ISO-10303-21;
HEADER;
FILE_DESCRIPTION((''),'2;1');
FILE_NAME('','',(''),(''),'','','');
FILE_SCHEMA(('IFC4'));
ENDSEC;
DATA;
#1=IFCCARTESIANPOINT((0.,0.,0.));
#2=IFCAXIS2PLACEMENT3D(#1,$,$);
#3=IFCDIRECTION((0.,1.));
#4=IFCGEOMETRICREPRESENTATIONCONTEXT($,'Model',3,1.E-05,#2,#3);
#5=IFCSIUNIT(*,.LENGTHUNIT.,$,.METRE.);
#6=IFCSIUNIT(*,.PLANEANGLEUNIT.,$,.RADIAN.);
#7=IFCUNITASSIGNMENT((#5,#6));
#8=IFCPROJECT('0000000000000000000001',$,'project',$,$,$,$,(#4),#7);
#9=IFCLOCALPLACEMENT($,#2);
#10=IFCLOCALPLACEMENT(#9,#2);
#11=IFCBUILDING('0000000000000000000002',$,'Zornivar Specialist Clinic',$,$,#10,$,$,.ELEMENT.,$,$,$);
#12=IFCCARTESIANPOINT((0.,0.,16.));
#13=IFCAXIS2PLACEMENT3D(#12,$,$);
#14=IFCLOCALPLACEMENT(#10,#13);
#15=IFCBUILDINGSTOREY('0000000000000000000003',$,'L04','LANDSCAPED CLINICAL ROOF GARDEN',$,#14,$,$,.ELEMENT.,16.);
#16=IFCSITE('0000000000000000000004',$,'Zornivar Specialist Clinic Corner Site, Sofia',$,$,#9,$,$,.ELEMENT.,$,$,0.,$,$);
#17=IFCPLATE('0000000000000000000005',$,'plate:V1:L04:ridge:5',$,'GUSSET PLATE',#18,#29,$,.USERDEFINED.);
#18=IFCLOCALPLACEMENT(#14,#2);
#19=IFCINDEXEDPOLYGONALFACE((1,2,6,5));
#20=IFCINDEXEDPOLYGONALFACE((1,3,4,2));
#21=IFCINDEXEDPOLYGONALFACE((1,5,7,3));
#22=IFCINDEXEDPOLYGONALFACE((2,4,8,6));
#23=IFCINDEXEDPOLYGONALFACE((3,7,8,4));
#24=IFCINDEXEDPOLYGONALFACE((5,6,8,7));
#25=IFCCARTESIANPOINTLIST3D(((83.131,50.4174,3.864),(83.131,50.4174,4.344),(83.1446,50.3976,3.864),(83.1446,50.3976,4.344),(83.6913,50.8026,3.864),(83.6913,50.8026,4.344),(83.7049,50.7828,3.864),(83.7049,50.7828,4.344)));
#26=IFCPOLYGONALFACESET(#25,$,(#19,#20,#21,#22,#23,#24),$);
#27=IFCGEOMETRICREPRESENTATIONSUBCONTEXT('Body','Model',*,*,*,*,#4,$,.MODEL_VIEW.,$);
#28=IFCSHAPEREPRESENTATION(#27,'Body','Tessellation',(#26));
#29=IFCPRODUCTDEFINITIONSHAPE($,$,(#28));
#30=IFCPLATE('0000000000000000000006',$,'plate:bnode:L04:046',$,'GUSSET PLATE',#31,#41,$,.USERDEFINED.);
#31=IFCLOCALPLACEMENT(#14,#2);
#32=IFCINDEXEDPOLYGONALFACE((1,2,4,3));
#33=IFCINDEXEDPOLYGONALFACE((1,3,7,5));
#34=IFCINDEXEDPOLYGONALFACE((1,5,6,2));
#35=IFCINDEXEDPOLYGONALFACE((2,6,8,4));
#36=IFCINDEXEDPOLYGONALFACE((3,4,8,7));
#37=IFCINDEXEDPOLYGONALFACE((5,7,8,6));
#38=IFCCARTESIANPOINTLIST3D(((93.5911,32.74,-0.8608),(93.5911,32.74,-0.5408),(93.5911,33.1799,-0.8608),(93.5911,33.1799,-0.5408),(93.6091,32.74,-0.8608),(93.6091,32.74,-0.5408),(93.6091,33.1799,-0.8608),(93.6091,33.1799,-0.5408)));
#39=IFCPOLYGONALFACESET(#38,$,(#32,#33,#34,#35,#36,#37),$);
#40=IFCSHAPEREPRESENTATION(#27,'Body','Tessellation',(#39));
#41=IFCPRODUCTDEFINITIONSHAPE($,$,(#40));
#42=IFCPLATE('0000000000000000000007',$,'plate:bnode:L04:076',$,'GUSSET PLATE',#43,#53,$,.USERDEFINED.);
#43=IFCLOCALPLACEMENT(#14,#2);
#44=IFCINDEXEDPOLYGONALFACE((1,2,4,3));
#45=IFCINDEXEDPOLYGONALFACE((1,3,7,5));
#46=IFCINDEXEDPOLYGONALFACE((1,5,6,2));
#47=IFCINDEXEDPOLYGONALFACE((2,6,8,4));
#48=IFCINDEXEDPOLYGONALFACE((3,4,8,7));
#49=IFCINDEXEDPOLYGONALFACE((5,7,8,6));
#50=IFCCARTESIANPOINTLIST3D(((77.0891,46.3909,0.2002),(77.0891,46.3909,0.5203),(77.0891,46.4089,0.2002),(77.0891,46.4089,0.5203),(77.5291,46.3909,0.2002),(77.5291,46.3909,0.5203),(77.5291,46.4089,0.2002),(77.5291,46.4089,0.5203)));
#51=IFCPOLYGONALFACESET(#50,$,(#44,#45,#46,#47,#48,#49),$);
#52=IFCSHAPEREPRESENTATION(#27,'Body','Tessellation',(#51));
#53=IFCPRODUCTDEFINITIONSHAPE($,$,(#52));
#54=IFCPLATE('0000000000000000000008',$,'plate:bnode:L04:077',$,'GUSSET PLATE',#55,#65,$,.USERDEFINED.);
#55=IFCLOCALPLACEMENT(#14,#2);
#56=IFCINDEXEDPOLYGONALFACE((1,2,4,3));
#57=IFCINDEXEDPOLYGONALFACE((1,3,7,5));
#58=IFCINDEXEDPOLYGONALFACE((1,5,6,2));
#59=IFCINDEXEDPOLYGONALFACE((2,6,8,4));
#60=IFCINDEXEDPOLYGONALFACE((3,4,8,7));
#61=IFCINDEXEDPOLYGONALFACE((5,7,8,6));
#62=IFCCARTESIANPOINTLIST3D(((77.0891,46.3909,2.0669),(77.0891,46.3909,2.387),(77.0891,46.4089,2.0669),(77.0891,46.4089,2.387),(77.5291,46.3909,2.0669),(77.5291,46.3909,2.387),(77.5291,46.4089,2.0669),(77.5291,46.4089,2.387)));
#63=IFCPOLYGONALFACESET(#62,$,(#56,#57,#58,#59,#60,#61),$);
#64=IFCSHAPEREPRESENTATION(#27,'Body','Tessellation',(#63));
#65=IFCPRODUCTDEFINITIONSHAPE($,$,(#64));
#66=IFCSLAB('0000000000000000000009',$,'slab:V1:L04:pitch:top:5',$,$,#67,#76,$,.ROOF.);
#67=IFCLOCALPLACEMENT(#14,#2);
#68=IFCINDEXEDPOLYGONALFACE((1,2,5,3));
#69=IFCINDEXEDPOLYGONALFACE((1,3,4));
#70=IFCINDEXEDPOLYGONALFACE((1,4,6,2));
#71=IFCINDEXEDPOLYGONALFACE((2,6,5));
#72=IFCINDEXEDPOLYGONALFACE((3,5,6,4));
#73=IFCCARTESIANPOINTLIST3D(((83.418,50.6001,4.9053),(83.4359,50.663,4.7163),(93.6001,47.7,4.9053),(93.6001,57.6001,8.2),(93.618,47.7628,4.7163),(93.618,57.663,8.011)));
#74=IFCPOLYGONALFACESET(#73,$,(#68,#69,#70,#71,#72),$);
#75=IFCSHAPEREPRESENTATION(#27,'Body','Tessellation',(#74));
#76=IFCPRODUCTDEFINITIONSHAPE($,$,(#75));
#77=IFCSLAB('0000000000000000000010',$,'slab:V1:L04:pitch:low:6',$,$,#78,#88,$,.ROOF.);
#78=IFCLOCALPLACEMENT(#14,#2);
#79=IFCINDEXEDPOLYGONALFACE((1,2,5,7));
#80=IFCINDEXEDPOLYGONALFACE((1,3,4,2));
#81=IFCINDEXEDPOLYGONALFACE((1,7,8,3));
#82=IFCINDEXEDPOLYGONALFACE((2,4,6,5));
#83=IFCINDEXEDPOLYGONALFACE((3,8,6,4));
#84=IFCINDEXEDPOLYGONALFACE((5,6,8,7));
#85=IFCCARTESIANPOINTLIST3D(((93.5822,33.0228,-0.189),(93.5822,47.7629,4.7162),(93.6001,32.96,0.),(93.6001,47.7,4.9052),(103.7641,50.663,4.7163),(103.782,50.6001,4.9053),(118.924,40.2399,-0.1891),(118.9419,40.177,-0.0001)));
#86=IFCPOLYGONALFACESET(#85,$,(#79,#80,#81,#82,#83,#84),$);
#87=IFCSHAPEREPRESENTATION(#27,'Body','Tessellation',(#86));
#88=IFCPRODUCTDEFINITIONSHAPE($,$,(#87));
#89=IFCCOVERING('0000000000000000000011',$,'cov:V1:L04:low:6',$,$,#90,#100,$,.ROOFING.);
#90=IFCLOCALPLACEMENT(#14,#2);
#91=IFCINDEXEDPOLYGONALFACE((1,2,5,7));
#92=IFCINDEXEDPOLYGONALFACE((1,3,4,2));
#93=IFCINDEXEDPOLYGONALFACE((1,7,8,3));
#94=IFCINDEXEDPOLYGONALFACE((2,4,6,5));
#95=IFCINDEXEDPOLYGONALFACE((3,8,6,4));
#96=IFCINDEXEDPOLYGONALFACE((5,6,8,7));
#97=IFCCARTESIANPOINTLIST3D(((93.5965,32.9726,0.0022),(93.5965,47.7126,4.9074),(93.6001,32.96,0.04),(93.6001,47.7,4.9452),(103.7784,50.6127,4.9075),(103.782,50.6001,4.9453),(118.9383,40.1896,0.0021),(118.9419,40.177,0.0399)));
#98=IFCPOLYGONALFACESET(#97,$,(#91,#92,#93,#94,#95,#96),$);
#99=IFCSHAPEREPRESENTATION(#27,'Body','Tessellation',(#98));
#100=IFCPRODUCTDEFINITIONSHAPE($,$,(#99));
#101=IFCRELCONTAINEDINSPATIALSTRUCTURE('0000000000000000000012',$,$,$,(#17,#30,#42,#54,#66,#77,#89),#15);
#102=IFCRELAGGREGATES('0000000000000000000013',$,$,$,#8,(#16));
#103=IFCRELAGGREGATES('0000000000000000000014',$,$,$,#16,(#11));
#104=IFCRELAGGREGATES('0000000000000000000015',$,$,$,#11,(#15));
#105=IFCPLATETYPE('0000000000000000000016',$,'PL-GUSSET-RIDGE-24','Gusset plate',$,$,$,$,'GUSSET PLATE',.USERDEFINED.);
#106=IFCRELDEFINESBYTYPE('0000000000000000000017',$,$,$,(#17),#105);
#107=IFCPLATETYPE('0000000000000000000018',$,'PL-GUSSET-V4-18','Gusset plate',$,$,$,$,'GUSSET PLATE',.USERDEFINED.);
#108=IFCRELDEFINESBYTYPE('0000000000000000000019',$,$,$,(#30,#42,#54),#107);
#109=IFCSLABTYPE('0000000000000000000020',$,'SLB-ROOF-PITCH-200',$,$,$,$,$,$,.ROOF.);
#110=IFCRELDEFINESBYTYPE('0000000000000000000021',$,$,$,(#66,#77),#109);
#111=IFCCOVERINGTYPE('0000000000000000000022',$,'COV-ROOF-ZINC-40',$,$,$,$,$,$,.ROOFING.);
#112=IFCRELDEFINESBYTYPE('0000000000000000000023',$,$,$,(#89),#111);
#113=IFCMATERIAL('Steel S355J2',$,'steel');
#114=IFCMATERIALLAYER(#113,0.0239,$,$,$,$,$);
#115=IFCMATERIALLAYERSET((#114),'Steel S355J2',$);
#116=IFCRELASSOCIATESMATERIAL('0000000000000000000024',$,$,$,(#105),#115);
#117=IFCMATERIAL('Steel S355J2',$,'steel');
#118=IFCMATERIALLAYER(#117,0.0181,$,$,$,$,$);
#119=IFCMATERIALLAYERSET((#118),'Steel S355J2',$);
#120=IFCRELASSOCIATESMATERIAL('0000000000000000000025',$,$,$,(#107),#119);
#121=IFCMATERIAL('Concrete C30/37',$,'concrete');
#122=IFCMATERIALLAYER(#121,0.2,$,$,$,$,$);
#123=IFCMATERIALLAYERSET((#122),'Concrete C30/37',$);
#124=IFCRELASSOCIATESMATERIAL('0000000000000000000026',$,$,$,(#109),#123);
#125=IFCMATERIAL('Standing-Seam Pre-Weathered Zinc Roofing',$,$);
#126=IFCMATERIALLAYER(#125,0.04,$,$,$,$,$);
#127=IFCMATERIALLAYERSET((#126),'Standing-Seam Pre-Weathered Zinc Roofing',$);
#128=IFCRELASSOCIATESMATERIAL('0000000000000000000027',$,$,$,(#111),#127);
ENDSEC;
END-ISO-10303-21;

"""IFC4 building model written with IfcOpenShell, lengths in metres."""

from ifc_helpers import new_model, si_unit, direction, frame, origin, origin_2d, place, context, subcontext, project, spatial, polyline, rectangle, outline, extrude, material, layer, layer_set, type_object, element, save


model = new_model("IFC4")

# Units and contexts
model_context = context("Model", 3, precision=1e-05, world=origin(), true_north=direction((0.0, 1.0)))
body_context = subcontext(model_context, "Body", "Model", "MODEL_VIEW")
ifc_project = project(units=[si_unit("LENGTHUNIT", "METRE"), si_unit("PLANEANGLEUNIT", "RADIAN")], contexts=[model_context])

# Site, building, storey
site_placement = place(None, origin())
site = spatial("IfcSite", under=ifc_project, at=site_placement, Name="Zornivar Specialist Clinic Corner Site, Sofia", CompositionType="ELEMENT", RefElevation=0.0)
building_placement = place(site_placement, origin())
building = spatial("IfcBuilding", under=site, at=building_placement, Name="Zornivar Specialist Clinic", CompositionType="ELEMENT")
storey_placement = place(building_placement, frame((0.0, 0.0, 16.0)))
storey = spatial("IfcBuildingStorey", under=building, at=storey_placement, Name="L04", Description="LANDSCAPED CLINICAL ROOF GARDEN", CompositionType="ELEMENT", Elevation=16.0)

# Plates
ifc_material_1 = material(Name="Steel S355J2", Category="steel")
ifc_layer_1 = layer(ifc_material_1, 0.0239)
ifc_layer_set_1 = layer_set([ifc_layer_1], Name="Steel S355J2")
plate_type_1 = type_object("IfcPlateType", Name="PL-GUSSET-RIDGE-24", Description="Gusset plate", ElementType="GUSSET PLATE", PredefinedType="USERDEFINED", material=ifc_layer_set_1)
plate_1_placement = place(storey_placement, frame((83.418, 50.6001, 3.864), z_axis=(0.0, 0.0, 1.0), x_axis=(-0.824043, -0.566527, 0.0)))
element("IfcPlate", 1, at=plate_1_placement, inside=storey, type_object=plate_type_1, Name="plate:V1:L04:ridge:5", ObjectType="GUSSET PLATE", PredefinedType="USERDEFINED", context=body_context, shape_type="SweptSolid", body=[
    extrude(rectangle(XDim=0.6799, YDim=0.0239, at=origin_2d()), origin(), (0.0, 0.0, 1.0), 0.48),
])
ifc_material_2 = material(Name="Steel S355J2", Category="steel")
ifc_layer_2 = layer(ifc_material_2, 0.0181)
ifc_layer_set_2 = layer_set([ifc_layer_2], Name="Steel S355J2")
plate_type_2 = type_object("IfcPlateType", Name="PL-GUSSET-V4-18", Description="Gusset plate", ElementType="GUSSET PLATE", PredefinedType="USERDEFINED", material=ifc_layer_set_2)
for number, where, z_axis, x_axis, name in (
    (2, (93.6001, 32.96, -0.8608), (0.0, 0.0, 1.0), (0.0, 1.0, 0.0), "plate:bnode:L04:046"),
    (3, (77.3091, 46.3999, 0.2002), (0.0, 0.0, 1.0), (1.0, 0.0, 0.0), "plate:bnode:L04:076"),
    (4, (77.3091, 46.3999, 2.0669), (0.0, 0.0, 1.0), (1.0, 0.0, 0.0), "plate:bnode:L04:077"),
):
    element("IfcPlate", number, at=place(storey_placement, frame(where, z_axis=z_axis, x_axis=x_axis)), inside=storey, type_object=plate_type_2, Name=name, ObjectType="GUSSET PLATE", PredefinedType="USERDEFINED", context=body_context, shape_type="SweptSolid", body=[
        extrude(rectangle(XDim=0.4399, YDim=0.0181, at=origin_2d()), origin(), (0.0, 0.0, 1.0), 0.3201),
    ])

# Slabs
ifc_material_3 = material(Name="Concrete C30/37", Category="concrete")
ifc_layer_3 = layer(ifc_material_3, 0.2)
ifc_layer_set_3 = layer_set([ifc_layer_3], Name="Concrete C30/37")
slab_type = type_object("IfcSlabType", Name="SLB-ROOF-PITCH-200", PredefinedType="ROOF", material=ifc_layer_set_3)
slab_1_placement = place(storey_placement, frame((83.418, 50.6001, 4.9053), z_axis=(-0.089577, -0.314495, 0.945023), x_axis=(0.961749, -0.273932, 0.0)))
element("IfcSlab", 5, at=slab_1_placement, inside=storey, type_object=slab_type, Name="slab:V1:L04:pitch:top:5", PredefinedType="ROOF", context=body_context, shape_type="SweptSolid", body=[
    extrude(outline(polyline([(0.0, 0.0), (10.5871, 0.0), (7.8751, 10.0754), (0.0, 0.0)])), origin(), (0.0, 0.0, -1.0), 0.2),
])
slab_2_placement = place(storey_placement, frame((93.6001, 32.96, 0.0), z_axis=(0.089566, -0.314485, 0.945027), x_axis=(0.961759, 0.273899, -0.000004)))
element("IfcSlab", 6, at=slab_2_placement, inside=storey, type_object=slab_type, Name="slab:V1:L04:pitch:low:6", PredefinedType="ROOF", context=body_context, shape_type="SweptSolid", body=[
    extrude(outline(polyline([(0.0, 0.0), (26.3494, 0.0), (14.6241, 15.0014), (4.0372, 15.001), (0.0, 0.0)])), origin(), (0.0, 0.0, -1.0), 0.2),
])

# Covering
ifc_material_4 = material(Name="Standing-Seam Pre-Weathered Zinc Roofing")
ifc_layer_4 = layer(ifc_material_4, 0.04)
ifc_layer_set_4 = layer_set([ifc_layer_4], Name="Standing-Seam Pre-Weathered Zinc Roofing")
covering_type = type_object("IfcCoveringType", Name="COV-ROOF-ZINC-40", PredefinedType="ROOFING", material=ifc_layer_set_4)
covering_placement = place(storey_placement, frame((93.6001, 32.96, 0.04), z_axis=(0.089566, -0.314485, 0.945027), x_axis=(0.961759, 0.273899, -0.000004)))
element("IfcCovering", 7, at=covering_placement, inside=storey, type_object=covering_type, Name="cov:V1:L04:low:6", PredefinedType="ROOFING", context=body_context, shape_type="SweptSolid", body=[
    extrude(outline(polyline([(0.0, 0.0), (26.3494, 0.0), (14.6241, 15.0014), (4.0372, 15.001), (0.0, 0.0)])), origin(), (0.0, 0.0, -1.0), 0.04),
])

save(model, "model.ifc")
